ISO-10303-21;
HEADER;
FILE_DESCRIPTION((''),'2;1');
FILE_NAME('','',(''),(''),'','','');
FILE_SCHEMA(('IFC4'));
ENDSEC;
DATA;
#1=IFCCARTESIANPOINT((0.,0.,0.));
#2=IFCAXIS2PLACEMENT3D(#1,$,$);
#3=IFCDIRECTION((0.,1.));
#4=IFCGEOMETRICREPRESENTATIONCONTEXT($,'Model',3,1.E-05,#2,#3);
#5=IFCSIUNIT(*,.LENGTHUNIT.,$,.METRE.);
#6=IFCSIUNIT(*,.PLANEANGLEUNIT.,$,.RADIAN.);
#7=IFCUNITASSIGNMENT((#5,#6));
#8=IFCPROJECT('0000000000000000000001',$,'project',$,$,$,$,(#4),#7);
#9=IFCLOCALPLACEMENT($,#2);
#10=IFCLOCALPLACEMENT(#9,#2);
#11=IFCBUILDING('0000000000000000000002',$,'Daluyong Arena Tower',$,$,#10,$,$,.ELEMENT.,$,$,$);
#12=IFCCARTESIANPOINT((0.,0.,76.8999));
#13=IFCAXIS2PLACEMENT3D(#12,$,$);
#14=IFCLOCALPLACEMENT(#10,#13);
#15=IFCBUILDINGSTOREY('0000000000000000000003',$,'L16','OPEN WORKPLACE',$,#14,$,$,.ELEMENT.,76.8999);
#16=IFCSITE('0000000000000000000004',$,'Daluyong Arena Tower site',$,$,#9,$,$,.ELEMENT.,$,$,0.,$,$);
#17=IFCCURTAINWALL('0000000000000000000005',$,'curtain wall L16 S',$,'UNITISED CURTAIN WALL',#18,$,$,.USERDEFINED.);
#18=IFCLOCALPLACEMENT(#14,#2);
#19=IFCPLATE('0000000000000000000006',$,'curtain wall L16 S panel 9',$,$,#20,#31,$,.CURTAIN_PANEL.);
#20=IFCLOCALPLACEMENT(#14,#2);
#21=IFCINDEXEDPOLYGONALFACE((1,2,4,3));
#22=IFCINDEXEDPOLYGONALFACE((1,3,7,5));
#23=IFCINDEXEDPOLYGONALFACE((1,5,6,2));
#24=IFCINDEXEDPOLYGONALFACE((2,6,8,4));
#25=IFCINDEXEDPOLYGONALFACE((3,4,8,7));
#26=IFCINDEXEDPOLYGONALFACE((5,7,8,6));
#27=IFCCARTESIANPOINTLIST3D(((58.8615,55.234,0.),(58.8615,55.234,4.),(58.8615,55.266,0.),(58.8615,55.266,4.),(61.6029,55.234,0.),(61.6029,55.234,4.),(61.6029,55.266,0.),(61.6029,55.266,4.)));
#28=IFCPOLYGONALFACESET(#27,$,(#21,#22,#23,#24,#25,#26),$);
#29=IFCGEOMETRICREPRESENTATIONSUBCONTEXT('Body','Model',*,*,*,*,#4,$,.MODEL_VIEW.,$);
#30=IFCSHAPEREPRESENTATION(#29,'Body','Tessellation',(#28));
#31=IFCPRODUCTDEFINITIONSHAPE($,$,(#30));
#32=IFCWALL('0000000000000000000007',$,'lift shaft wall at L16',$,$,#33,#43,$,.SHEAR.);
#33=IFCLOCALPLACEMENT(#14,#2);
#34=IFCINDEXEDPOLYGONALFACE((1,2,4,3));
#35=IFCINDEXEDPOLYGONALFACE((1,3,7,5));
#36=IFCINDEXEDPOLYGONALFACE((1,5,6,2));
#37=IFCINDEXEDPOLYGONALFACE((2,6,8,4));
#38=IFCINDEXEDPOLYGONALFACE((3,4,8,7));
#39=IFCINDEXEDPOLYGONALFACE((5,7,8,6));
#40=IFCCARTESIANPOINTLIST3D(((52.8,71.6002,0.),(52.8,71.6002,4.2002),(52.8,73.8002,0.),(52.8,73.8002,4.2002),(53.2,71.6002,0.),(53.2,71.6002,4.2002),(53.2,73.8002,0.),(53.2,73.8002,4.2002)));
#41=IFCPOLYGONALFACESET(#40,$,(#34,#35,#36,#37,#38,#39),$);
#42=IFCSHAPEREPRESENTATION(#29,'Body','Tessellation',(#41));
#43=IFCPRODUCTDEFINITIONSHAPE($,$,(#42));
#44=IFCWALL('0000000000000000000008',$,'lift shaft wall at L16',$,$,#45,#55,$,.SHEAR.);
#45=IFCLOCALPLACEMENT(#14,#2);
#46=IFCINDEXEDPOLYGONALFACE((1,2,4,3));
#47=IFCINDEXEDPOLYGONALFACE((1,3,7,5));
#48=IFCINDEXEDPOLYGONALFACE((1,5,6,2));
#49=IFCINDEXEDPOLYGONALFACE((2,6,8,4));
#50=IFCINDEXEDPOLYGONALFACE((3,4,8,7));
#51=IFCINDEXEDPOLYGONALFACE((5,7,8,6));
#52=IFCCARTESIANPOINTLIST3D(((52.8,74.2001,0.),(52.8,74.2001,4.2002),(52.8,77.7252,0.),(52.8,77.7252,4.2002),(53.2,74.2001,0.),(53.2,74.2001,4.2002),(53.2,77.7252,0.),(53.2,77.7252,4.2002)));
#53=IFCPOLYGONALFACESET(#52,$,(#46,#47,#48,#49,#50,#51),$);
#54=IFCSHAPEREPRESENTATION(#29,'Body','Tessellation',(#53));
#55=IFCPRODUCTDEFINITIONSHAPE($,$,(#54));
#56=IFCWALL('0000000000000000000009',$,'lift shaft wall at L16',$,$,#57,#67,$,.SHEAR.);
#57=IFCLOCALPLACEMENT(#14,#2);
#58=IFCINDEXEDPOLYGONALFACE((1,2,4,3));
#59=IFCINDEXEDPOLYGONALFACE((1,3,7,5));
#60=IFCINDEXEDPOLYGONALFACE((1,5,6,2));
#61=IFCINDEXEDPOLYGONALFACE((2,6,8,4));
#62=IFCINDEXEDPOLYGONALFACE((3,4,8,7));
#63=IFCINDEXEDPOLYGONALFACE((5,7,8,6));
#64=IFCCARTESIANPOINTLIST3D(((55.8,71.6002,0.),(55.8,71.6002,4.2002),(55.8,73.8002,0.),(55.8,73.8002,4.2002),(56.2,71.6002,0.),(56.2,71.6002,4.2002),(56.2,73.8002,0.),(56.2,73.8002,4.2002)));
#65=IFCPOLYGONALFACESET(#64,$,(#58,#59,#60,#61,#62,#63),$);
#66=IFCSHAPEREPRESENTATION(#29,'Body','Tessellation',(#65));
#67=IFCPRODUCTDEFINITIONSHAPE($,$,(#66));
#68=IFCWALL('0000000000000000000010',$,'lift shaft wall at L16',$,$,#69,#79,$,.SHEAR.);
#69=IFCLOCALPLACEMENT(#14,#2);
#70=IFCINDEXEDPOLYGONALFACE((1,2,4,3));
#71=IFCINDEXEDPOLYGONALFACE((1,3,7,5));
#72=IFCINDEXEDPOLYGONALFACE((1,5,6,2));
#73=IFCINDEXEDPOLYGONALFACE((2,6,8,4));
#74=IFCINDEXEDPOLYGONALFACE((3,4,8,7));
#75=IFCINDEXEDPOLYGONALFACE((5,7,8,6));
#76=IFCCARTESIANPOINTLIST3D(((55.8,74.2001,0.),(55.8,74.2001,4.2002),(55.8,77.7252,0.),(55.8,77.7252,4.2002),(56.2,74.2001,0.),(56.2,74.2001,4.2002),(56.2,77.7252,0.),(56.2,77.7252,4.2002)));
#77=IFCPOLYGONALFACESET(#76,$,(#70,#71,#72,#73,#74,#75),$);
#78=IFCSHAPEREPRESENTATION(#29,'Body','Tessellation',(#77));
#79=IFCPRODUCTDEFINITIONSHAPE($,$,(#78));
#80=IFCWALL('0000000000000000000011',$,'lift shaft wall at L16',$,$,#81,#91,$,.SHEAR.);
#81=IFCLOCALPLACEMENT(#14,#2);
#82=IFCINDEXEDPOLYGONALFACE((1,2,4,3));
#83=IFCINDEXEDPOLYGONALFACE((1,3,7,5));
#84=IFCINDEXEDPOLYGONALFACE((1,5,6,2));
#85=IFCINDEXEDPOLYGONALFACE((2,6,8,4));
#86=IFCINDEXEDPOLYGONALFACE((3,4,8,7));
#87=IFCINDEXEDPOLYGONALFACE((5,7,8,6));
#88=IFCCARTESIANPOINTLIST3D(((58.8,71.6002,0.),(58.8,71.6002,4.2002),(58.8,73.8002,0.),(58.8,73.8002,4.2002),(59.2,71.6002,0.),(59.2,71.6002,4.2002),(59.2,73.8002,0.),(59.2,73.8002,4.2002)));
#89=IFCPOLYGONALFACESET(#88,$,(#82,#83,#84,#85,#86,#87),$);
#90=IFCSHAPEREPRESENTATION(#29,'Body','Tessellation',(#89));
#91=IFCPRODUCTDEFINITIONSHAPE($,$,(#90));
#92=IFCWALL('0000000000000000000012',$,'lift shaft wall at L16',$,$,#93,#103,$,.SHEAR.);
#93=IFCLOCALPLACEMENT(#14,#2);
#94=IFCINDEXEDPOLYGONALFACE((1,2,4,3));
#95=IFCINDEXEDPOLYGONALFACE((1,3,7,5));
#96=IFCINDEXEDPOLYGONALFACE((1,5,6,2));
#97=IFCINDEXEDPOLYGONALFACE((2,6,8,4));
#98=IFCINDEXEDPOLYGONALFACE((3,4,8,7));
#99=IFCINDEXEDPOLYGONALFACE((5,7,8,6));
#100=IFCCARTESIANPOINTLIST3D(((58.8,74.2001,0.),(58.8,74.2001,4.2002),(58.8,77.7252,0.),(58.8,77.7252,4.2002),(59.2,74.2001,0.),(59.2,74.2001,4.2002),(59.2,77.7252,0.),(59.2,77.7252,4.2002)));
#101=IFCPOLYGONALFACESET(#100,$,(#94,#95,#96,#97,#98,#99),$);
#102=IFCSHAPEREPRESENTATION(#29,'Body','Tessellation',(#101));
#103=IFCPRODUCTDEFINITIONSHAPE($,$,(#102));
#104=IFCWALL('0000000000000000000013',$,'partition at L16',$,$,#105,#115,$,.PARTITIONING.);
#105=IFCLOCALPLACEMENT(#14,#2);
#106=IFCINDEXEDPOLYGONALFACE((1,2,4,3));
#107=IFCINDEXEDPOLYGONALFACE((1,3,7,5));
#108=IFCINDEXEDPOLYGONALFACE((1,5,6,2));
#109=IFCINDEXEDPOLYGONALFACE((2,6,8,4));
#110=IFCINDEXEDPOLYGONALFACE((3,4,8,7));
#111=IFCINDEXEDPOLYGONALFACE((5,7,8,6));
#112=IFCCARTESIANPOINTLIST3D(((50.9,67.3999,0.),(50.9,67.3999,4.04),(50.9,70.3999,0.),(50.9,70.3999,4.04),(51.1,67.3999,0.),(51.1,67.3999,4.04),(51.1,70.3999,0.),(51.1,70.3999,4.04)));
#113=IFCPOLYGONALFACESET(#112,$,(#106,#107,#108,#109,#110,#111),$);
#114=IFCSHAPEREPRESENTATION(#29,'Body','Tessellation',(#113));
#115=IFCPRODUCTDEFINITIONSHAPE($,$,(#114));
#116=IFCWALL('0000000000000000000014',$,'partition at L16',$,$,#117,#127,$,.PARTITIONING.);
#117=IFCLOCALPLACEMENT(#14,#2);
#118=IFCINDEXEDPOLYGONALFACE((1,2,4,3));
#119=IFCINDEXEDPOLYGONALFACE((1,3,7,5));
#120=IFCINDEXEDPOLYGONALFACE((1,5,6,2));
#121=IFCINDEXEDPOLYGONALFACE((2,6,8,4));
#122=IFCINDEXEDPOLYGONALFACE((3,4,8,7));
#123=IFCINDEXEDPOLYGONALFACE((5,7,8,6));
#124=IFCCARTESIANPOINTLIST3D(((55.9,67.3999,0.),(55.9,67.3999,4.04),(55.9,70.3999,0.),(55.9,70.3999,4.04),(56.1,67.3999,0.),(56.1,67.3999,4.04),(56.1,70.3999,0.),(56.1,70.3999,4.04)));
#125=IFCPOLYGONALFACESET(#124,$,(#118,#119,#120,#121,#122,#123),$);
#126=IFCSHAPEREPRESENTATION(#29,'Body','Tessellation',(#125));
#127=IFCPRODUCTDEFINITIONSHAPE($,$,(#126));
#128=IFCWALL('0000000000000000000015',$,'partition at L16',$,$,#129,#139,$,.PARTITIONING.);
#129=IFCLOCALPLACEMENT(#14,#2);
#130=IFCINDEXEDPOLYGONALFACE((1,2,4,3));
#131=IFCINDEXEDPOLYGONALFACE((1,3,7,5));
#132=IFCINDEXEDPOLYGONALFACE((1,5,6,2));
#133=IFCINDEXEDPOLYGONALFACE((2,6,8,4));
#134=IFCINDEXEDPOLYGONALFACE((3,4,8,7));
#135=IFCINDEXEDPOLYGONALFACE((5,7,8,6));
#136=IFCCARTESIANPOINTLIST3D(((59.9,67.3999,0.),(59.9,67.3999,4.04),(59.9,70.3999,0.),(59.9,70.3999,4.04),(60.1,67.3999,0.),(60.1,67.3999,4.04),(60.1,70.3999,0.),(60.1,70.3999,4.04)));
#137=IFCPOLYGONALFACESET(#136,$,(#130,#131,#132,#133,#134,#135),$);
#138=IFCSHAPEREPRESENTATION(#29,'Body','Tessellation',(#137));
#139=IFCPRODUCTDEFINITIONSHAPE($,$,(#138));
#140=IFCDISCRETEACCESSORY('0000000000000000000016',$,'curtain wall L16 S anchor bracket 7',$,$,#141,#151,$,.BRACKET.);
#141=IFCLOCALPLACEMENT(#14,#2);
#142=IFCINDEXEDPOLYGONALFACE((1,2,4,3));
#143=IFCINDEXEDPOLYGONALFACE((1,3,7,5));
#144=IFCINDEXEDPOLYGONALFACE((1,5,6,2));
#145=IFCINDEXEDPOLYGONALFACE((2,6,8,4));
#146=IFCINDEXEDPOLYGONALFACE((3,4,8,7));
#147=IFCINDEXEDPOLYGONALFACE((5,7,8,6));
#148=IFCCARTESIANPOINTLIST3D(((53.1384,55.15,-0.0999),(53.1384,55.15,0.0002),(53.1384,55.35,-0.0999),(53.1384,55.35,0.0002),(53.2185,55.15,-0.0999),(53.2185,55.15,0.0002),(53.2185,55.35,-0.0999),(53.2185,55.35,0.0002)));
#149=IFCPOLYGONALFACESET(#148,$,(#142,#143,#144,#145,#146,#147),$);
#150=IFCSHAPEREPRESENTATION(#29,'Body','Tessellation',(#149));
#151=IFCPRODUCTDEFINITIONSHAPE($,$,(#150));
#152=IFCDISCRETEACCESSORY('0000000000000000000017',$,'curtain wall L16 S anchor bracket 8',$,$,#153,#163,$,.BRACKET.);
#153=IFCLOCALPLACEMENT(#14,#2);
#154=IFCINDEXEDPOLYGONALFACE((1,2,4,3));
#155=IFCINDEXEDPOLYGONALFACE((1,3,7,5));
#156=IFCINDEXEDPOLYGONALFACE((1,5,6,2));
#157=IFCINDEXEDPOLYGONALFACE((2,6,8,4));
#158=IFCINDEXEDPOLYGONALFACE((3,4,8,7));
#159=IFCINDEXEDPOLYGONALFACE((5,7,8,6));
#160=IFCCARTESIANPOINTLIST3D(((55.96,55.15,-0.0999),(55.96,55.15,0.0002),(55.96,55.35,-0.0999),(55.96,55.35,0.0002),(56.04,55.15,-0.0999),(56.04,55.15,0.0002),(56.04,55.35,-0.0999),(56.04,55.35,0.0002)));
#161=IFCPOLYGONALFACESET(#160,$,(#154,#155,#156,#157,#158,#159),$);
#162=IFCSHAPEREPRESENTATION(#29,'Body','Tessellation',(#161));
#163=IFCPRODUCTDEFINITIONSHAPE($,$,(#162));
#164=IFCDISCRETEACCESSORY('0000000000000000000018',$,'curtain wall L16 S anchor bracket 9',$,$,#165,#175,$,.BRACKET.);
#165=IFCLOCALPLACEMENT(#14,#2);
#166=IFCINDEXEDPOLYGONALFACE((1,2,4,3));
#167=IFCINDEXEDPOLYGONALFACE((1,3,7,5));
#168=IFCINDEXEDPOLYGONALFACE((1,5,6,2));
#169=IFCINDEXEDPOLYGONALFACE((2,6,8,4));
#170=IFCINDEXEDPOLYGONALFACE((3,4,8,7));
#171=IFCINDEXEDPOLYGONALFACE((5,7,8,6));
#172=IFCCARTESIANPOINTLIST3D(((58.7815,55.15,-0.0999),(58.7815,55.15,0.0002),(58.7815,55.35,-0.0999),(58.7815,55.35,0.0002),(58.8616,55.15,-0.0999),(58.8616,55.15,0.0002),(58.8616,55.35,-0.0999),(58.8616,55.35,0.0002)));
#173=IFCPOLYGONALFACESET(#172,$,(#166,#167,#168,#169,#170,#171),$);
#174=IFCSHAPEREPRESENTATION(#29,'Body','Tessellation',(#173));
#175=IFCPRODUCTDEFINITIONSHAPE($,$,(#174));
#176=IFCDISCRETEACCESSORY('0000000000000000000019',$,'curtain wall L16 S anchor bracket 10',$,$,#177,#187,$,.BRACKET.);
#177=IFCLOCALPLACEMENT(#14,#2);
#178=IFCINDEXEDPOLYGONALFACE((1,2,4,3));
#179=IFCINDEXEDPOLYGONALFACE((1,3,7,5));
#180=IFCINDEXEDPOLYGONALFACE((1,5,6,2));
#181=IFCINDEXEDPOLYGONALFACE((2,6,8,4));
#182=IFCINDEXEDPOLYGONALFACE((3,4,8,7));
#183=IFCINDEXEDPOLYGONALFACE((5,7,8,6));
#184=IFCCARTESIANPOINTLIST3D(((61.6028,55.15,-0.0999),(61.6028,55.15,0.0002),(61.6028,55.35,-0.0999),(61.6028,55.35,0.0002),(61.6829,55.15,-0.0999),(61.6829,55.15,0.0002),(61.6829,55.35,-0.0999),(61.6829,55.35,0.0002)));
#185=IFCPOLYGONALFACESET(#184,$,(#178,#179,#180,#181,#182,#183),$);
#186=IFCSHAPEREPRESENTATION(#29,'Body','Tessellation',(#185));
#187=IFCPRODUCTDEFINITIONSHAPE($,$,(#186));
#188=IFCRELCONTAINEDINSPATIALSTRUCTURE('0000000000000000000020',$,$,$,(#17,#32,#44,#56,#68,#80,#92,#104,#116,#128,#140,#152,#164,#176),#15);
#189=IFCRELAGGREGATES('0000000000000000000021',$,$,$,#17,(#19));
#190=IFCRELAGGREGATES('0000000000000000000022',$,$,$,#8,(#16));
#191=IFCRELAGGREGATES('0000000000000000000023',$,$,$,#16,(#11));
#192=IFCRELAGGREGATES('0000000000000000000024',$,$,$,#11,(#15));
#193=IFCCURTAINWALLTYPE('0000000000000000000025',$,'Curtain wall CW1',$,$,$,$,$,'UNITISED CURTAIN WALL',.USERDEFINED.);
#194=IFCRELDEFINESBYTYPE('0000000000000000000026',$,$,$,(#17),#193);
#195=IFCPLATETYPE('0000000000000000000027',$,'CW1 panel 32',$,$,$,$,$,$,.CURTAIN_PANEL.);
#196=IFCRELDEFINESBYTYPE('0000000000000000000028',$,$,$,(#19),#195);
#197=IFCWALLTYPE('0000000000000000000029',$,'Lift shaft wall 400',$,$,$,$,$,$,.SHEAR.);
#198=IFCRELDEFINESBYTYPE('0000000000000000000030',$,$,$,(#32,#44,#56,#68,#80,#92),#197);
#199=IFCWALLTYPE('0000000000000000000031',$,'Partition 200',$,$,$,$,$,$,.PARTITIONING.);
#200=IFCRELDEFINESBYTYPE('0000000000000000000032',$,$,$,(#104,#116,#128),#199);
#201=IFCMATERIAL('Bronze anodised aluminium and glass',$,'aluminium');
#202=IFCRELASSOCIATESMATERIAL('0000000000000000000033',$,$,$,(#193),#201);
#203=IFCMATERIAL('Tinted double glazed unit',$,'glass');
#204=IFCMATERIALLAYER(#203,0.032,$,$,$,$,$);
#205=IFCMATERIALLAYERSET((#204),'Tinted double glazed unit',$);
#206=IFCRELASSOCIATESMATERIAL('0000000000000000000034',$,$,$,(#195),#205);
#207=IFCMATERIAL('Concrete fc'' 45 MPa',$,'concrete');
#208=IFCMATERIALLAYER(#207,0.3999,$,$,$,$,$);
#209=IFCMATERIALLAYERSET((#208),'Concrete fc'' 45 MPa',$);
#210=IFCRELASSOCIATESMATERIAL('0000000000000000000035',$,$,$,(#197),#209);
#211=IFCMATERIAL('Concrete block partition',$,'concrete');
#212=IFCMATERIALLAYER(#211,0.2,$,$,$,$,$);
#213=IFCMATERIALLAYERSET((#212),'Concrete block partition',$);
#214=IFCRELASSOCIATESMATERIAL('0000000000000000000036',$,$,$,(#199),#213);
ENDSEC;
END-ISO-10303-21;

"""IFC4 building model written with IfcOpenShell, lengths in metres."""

from ifc_helpers import new_model, si_unit, direction, frame, frame_2d, origin, origin_2d, place, context, subcontext, project, spatial, rectangle, extrude, material, layer, layer_set, type_object, element, aggregate, save


model = new_model("IFC4")

# Units and contexts
model_context = context("Model", 3, precision=1e-05, world=origin(), true_north=direction((0.0, 1.0)))
body_context = subcontext(model_context, "Body", "Model", "MODEL_VIEW")
ifc_project = project(units=[si_unit("LENGTHUNIT", "METRE"), si_unit("PLANEANGLEUNIT", "RADIAN")], contexts=[model_context])

# Site, building, storey
site_placement = place(None, origin())
site = spatial("IfcSite", under=ifc_project, at=site_placement, Name="Daluyong Arena Tower site", CompositionType="ELEMENT", RefElevation=0.0)
building_placement = place(site_placement, origin())
building = spatial("IfcBuilding", under=site, at=building_placement, Name="Daluyong Arena Tower", CompositionType="ELEMENT")
storey_placement = place(building_placement, frame((0.0, 0.0, 76.8999)))
storey = spatial("IfcBuildingStorey", under=building, at=storey_placement, Name="L16", Description="OPEN WORKPLACE", CompositionType="ELEMENT", Elevation=76.8999)

# Curtain wall
ifc_material_1 = material(Name="Bronze anodised aluminium and glass", Category="aluminium")
curtain_wall_type = type_object("IfcCurtainWallType", Name="Curtain wall CW1", ElementType="UNITISED CURTAIN WALL", PredefinedType="USERDEFINED", material=ifc_material_1)
curtain_wall_placement = place(storey_placement, origin())
curtain_wall = element("IfcCurtainWall", 1, at=curtain_wall_placement, inside=storey, type_object=curtain_wall_type, Name="curtain wall L16 S", ObjectType="UNITISED CURTAIN WALL", PredefinedType="USERDEFINED")

# Plate
ifc_material_2 = material(Name="Tinted double glazed unit", Category="glass")
ifc_layer_1 = layer(ifc_material_2, 0.032)
ifc_layer_set_1 = layer_set([ifc_layer_1], Name="Tinted double glazed unit")
plate_type = type_object("IfcPlateType", Name="CW1 panel 32", PredefinedType="CURTAIN_PANEL", material=ifc_layer_set_1)
plate_1_placement = place(storey_placement, frame((60.2322, 55.25, 0.0), z_axis=(0.0, 0.0, 1.0), x_axis=(1.0, 0.0, 0.0)))
plate_1 = element("IfcPlate", 2, at=plate_1_placement, type_object=plate_type, Name="curtain wall L16 S panel 9", PredefinedType="CURTAIN_PANEL", context=body_context, shape_type="SweptSolid", body=[
    extrude(rectangle(XDim=2.7415, YDim=0.032, at=origin_2d()), origin(), (0.0, 0.0, 1.0), 4.0),
])
aggregate(curtain_wall, [plate_1])

# Walls
ifc_material_3 = material(Name="Concrete fc' 45 MPa", Category="concrete")
ifc_layer_2 = layer(ifc_material_3, 0.3999)
ifc_layer_set_2 = layer_set([ifc_layer_2], Name="Concrete fc' 45 MPa")
wall_type_1 = type_object("IfcWallType", Name="Lift shaft wall 400", PredefinedType="SHEAR", material=ifc_layer_set_2)
wall_1_placement = place(storey_placement, frame((53.0, 71.6001, 0.0), z_axis=(0.0, 0.0, 1.0), x_axis=(0.0, 1.0, 0.0)))
element("IfcWall", 3, at=wall_1_placement, inside=storey, type_object=wall_type_1, Name="lift shaft wall at L16", PredefinedType="SHEAR", context=body_context, shape_type="SweptSolid", body=[
    extrude(rectangle(XDim=2.2, YDim=0.3999, at=frame_2d((1.1001, 0.0))), origin(), (0.0, 0.0, 1.0), 4.2002),
])
wall_2_placement = place(storey_placement, frame((53.0, 74.2, 0.0), z_axis=(0.0, 0.0, 1.0), x_axis=(0.0, 1.0, 0.0)))
element("IfcWall", 4, at=wall_2_placement, inside=storey, type_object=wall_type_1, Name="lift shaft wall at L16", PredefinedType="SHEAR", context=body_context, shape_type="SweptSolid", body=[
    extrude(rectangle(XDim=3.5251, YDim=0.3999, at=frame_2d((1.7627, 0.0))), origin(), (0.0, 0.0, 1.0), 4.2002),
])
wall_3_placement = place(storey_placement, frame((56.0, 71.6001, 0.0), z_axis=(0.0, 0.0, 1.0), x_axis=(0.0, 1.0, 0.0)))
element("IfcWall", 5, at=wall_3_placement, inside=storey, type_object=wall_type_1, Name="lift shaft wall at L16", PredefinedType="SHEAR", context=body_context, shape_type="SweptSolid", body=[
    extrude(rectangle(XDim=2.2, YDim=0.3999, at=frame_2d((1.1001, 0.0))), origin(), (0.0, 0.0, 1.0), 4.2002),
])
wall_4_placement = place(storey_placement, frame((56.0, 74.2, 0.0), z_axis=(0.0, 0.0, 1.0), x_axis=(0.0, 1.0, 0.0)))
element("IfcWall", 6, at=wall_4_placement, inside=storey, type_object=wall_type_1, Name="lift shaft wall at L16", PredefinedType="SHEAR", context=body_context, shape_type="SweptSolid", body=[
    extrude(rectangle(XDim=3.5251, YDim=0.3999, at=frame_2d((1.7627, 0.0))), origin(), (0.0, 0.0, 1.0), 4.2002),
])
wall_5_placement = place(storey_placement, frame((59.0, 71.6001, 0.0), z_axis=(0.0, 0.0, 1.0), x_axis=(0.0, 1.0, 0.0)))
element("IfcWall", 7, at=wall_5_placement, inside=storey, type_object=wall_type_1, Name="lift shaft wall at L16", PredefinedType="SHEAR", context=body_context, shape_type="SweptSolid", body=[
    extrude(rectangle(XDim=2.2, YDim=0.3999, at=frame_2d((1.1001, 0.0))), origin(), (0.0, 0.0, 1.0), 4.2002),
])
wall_6_placement = place(storey_placement, frame((59.0, 74.2, 0.0), z_axis=(0.0, 0.0, 1.0), x_axis=(0.0, 1.0, 0.0)))
element("IfcWall", 8, at=wall_6_placement, inside=storey, type_object=wall_type_1, Name="lift shaft wall at L16", PredefinedType="SHEAR", context=body_context, shape_type="SweptSolid", body=[
    extrude(rectangle(XDim=3.5251, YDim=0.3999, at=frame_2d((1.7627, 0.0))), origin(), (0.0, 0.0, 1.0), 4.2002),
])
ifc_material_4 = material(Name="Concrete block partition", Category="concrete")
ifc_layer_3 = layer(ifc_material_4, 0.2)
ifc_layer_set_3 = layer_set([ifc_layer_3], Name="Concrete block partition")
wall_type_2 = type_object("IfcWallType", Name="Partition 200", PredefinedType="PARTITIONING", material=ifc_layer_set_3)
for number, where, z_axis, x_axis, name in (
    (9, (51.0, 67.3999, 0.0), (0.0, 0.0, 1.0), (0.0, 1.0, 0.0), "partition at L16"),
    (10, (56.0, 67.3999, 0.0), (0.0, 0.0, 1.0), (0.0, 1.0, 0.0), "partition at L16"),
    (11, (60.0, 67.3999, 0.0), (0.0, 0.0, 1.0), (0.0, 1.0, 0.0), "partition at L16"),
):
    element("IfcWall", number, at=place(storey_placement, frame(where, z_axis=z_axis, x_axis=x_axis)), inside=storey, type_object=wall_type_2, Name=name, PredefinedType="PARTITIONING", context=body_context, shape_type="SweptSolid", body=[
        extrude(rectangle(XDim=3.0, YDim=0.2, at=frame_2d((1.5, 0.0))), origin(), (0.0, 0.0, 1.0), 4.04),
    ])

# Discrete accessories
for number, where, z_axis, x_axis, name in (
    (12, (53.1785, 55.25, -0.0999), (0.0, 0.0, 1.0), (1.0, 0.0, 0.0), "curtain wall L16 S anchor bracket 7"),
    (13, (56.0, 55.25, -0.0999), (0.0, 0.0, 1.0), (1.0, 0.0, 0.0), "curtain wall L16 S anchor bracket 8"),
    (14, (58.8215, 55.25, -0.0999), (0.0, 0.0, 1.0), (1.0, 0.0, 0.0), "curtain wall L16 S anchor bracket 9"),
    (15, (61.6428, 55.25, -0.0999), (0.0, 0.0, 1.0), (1.0, 0.0, 0.0), "curtain wall L16 S anchor bracket 10"),
):
    element("IfcDiscreteAccessory", number, at=place(storey_placement, frame(where, z_axis=z_axis, x_axis=x_axis)), inside=storey, Name=name, PredefinedType="BRACKET", context=body_context, shape_type="SweptSolid", body=[
        extrude(rectangle(XDim=0.0801, YDim=0.2, at=origin_2d()), origin(), (0.0, 0.0, 1.0), 0.1001),
    ])

save(model, "model.ifc")
